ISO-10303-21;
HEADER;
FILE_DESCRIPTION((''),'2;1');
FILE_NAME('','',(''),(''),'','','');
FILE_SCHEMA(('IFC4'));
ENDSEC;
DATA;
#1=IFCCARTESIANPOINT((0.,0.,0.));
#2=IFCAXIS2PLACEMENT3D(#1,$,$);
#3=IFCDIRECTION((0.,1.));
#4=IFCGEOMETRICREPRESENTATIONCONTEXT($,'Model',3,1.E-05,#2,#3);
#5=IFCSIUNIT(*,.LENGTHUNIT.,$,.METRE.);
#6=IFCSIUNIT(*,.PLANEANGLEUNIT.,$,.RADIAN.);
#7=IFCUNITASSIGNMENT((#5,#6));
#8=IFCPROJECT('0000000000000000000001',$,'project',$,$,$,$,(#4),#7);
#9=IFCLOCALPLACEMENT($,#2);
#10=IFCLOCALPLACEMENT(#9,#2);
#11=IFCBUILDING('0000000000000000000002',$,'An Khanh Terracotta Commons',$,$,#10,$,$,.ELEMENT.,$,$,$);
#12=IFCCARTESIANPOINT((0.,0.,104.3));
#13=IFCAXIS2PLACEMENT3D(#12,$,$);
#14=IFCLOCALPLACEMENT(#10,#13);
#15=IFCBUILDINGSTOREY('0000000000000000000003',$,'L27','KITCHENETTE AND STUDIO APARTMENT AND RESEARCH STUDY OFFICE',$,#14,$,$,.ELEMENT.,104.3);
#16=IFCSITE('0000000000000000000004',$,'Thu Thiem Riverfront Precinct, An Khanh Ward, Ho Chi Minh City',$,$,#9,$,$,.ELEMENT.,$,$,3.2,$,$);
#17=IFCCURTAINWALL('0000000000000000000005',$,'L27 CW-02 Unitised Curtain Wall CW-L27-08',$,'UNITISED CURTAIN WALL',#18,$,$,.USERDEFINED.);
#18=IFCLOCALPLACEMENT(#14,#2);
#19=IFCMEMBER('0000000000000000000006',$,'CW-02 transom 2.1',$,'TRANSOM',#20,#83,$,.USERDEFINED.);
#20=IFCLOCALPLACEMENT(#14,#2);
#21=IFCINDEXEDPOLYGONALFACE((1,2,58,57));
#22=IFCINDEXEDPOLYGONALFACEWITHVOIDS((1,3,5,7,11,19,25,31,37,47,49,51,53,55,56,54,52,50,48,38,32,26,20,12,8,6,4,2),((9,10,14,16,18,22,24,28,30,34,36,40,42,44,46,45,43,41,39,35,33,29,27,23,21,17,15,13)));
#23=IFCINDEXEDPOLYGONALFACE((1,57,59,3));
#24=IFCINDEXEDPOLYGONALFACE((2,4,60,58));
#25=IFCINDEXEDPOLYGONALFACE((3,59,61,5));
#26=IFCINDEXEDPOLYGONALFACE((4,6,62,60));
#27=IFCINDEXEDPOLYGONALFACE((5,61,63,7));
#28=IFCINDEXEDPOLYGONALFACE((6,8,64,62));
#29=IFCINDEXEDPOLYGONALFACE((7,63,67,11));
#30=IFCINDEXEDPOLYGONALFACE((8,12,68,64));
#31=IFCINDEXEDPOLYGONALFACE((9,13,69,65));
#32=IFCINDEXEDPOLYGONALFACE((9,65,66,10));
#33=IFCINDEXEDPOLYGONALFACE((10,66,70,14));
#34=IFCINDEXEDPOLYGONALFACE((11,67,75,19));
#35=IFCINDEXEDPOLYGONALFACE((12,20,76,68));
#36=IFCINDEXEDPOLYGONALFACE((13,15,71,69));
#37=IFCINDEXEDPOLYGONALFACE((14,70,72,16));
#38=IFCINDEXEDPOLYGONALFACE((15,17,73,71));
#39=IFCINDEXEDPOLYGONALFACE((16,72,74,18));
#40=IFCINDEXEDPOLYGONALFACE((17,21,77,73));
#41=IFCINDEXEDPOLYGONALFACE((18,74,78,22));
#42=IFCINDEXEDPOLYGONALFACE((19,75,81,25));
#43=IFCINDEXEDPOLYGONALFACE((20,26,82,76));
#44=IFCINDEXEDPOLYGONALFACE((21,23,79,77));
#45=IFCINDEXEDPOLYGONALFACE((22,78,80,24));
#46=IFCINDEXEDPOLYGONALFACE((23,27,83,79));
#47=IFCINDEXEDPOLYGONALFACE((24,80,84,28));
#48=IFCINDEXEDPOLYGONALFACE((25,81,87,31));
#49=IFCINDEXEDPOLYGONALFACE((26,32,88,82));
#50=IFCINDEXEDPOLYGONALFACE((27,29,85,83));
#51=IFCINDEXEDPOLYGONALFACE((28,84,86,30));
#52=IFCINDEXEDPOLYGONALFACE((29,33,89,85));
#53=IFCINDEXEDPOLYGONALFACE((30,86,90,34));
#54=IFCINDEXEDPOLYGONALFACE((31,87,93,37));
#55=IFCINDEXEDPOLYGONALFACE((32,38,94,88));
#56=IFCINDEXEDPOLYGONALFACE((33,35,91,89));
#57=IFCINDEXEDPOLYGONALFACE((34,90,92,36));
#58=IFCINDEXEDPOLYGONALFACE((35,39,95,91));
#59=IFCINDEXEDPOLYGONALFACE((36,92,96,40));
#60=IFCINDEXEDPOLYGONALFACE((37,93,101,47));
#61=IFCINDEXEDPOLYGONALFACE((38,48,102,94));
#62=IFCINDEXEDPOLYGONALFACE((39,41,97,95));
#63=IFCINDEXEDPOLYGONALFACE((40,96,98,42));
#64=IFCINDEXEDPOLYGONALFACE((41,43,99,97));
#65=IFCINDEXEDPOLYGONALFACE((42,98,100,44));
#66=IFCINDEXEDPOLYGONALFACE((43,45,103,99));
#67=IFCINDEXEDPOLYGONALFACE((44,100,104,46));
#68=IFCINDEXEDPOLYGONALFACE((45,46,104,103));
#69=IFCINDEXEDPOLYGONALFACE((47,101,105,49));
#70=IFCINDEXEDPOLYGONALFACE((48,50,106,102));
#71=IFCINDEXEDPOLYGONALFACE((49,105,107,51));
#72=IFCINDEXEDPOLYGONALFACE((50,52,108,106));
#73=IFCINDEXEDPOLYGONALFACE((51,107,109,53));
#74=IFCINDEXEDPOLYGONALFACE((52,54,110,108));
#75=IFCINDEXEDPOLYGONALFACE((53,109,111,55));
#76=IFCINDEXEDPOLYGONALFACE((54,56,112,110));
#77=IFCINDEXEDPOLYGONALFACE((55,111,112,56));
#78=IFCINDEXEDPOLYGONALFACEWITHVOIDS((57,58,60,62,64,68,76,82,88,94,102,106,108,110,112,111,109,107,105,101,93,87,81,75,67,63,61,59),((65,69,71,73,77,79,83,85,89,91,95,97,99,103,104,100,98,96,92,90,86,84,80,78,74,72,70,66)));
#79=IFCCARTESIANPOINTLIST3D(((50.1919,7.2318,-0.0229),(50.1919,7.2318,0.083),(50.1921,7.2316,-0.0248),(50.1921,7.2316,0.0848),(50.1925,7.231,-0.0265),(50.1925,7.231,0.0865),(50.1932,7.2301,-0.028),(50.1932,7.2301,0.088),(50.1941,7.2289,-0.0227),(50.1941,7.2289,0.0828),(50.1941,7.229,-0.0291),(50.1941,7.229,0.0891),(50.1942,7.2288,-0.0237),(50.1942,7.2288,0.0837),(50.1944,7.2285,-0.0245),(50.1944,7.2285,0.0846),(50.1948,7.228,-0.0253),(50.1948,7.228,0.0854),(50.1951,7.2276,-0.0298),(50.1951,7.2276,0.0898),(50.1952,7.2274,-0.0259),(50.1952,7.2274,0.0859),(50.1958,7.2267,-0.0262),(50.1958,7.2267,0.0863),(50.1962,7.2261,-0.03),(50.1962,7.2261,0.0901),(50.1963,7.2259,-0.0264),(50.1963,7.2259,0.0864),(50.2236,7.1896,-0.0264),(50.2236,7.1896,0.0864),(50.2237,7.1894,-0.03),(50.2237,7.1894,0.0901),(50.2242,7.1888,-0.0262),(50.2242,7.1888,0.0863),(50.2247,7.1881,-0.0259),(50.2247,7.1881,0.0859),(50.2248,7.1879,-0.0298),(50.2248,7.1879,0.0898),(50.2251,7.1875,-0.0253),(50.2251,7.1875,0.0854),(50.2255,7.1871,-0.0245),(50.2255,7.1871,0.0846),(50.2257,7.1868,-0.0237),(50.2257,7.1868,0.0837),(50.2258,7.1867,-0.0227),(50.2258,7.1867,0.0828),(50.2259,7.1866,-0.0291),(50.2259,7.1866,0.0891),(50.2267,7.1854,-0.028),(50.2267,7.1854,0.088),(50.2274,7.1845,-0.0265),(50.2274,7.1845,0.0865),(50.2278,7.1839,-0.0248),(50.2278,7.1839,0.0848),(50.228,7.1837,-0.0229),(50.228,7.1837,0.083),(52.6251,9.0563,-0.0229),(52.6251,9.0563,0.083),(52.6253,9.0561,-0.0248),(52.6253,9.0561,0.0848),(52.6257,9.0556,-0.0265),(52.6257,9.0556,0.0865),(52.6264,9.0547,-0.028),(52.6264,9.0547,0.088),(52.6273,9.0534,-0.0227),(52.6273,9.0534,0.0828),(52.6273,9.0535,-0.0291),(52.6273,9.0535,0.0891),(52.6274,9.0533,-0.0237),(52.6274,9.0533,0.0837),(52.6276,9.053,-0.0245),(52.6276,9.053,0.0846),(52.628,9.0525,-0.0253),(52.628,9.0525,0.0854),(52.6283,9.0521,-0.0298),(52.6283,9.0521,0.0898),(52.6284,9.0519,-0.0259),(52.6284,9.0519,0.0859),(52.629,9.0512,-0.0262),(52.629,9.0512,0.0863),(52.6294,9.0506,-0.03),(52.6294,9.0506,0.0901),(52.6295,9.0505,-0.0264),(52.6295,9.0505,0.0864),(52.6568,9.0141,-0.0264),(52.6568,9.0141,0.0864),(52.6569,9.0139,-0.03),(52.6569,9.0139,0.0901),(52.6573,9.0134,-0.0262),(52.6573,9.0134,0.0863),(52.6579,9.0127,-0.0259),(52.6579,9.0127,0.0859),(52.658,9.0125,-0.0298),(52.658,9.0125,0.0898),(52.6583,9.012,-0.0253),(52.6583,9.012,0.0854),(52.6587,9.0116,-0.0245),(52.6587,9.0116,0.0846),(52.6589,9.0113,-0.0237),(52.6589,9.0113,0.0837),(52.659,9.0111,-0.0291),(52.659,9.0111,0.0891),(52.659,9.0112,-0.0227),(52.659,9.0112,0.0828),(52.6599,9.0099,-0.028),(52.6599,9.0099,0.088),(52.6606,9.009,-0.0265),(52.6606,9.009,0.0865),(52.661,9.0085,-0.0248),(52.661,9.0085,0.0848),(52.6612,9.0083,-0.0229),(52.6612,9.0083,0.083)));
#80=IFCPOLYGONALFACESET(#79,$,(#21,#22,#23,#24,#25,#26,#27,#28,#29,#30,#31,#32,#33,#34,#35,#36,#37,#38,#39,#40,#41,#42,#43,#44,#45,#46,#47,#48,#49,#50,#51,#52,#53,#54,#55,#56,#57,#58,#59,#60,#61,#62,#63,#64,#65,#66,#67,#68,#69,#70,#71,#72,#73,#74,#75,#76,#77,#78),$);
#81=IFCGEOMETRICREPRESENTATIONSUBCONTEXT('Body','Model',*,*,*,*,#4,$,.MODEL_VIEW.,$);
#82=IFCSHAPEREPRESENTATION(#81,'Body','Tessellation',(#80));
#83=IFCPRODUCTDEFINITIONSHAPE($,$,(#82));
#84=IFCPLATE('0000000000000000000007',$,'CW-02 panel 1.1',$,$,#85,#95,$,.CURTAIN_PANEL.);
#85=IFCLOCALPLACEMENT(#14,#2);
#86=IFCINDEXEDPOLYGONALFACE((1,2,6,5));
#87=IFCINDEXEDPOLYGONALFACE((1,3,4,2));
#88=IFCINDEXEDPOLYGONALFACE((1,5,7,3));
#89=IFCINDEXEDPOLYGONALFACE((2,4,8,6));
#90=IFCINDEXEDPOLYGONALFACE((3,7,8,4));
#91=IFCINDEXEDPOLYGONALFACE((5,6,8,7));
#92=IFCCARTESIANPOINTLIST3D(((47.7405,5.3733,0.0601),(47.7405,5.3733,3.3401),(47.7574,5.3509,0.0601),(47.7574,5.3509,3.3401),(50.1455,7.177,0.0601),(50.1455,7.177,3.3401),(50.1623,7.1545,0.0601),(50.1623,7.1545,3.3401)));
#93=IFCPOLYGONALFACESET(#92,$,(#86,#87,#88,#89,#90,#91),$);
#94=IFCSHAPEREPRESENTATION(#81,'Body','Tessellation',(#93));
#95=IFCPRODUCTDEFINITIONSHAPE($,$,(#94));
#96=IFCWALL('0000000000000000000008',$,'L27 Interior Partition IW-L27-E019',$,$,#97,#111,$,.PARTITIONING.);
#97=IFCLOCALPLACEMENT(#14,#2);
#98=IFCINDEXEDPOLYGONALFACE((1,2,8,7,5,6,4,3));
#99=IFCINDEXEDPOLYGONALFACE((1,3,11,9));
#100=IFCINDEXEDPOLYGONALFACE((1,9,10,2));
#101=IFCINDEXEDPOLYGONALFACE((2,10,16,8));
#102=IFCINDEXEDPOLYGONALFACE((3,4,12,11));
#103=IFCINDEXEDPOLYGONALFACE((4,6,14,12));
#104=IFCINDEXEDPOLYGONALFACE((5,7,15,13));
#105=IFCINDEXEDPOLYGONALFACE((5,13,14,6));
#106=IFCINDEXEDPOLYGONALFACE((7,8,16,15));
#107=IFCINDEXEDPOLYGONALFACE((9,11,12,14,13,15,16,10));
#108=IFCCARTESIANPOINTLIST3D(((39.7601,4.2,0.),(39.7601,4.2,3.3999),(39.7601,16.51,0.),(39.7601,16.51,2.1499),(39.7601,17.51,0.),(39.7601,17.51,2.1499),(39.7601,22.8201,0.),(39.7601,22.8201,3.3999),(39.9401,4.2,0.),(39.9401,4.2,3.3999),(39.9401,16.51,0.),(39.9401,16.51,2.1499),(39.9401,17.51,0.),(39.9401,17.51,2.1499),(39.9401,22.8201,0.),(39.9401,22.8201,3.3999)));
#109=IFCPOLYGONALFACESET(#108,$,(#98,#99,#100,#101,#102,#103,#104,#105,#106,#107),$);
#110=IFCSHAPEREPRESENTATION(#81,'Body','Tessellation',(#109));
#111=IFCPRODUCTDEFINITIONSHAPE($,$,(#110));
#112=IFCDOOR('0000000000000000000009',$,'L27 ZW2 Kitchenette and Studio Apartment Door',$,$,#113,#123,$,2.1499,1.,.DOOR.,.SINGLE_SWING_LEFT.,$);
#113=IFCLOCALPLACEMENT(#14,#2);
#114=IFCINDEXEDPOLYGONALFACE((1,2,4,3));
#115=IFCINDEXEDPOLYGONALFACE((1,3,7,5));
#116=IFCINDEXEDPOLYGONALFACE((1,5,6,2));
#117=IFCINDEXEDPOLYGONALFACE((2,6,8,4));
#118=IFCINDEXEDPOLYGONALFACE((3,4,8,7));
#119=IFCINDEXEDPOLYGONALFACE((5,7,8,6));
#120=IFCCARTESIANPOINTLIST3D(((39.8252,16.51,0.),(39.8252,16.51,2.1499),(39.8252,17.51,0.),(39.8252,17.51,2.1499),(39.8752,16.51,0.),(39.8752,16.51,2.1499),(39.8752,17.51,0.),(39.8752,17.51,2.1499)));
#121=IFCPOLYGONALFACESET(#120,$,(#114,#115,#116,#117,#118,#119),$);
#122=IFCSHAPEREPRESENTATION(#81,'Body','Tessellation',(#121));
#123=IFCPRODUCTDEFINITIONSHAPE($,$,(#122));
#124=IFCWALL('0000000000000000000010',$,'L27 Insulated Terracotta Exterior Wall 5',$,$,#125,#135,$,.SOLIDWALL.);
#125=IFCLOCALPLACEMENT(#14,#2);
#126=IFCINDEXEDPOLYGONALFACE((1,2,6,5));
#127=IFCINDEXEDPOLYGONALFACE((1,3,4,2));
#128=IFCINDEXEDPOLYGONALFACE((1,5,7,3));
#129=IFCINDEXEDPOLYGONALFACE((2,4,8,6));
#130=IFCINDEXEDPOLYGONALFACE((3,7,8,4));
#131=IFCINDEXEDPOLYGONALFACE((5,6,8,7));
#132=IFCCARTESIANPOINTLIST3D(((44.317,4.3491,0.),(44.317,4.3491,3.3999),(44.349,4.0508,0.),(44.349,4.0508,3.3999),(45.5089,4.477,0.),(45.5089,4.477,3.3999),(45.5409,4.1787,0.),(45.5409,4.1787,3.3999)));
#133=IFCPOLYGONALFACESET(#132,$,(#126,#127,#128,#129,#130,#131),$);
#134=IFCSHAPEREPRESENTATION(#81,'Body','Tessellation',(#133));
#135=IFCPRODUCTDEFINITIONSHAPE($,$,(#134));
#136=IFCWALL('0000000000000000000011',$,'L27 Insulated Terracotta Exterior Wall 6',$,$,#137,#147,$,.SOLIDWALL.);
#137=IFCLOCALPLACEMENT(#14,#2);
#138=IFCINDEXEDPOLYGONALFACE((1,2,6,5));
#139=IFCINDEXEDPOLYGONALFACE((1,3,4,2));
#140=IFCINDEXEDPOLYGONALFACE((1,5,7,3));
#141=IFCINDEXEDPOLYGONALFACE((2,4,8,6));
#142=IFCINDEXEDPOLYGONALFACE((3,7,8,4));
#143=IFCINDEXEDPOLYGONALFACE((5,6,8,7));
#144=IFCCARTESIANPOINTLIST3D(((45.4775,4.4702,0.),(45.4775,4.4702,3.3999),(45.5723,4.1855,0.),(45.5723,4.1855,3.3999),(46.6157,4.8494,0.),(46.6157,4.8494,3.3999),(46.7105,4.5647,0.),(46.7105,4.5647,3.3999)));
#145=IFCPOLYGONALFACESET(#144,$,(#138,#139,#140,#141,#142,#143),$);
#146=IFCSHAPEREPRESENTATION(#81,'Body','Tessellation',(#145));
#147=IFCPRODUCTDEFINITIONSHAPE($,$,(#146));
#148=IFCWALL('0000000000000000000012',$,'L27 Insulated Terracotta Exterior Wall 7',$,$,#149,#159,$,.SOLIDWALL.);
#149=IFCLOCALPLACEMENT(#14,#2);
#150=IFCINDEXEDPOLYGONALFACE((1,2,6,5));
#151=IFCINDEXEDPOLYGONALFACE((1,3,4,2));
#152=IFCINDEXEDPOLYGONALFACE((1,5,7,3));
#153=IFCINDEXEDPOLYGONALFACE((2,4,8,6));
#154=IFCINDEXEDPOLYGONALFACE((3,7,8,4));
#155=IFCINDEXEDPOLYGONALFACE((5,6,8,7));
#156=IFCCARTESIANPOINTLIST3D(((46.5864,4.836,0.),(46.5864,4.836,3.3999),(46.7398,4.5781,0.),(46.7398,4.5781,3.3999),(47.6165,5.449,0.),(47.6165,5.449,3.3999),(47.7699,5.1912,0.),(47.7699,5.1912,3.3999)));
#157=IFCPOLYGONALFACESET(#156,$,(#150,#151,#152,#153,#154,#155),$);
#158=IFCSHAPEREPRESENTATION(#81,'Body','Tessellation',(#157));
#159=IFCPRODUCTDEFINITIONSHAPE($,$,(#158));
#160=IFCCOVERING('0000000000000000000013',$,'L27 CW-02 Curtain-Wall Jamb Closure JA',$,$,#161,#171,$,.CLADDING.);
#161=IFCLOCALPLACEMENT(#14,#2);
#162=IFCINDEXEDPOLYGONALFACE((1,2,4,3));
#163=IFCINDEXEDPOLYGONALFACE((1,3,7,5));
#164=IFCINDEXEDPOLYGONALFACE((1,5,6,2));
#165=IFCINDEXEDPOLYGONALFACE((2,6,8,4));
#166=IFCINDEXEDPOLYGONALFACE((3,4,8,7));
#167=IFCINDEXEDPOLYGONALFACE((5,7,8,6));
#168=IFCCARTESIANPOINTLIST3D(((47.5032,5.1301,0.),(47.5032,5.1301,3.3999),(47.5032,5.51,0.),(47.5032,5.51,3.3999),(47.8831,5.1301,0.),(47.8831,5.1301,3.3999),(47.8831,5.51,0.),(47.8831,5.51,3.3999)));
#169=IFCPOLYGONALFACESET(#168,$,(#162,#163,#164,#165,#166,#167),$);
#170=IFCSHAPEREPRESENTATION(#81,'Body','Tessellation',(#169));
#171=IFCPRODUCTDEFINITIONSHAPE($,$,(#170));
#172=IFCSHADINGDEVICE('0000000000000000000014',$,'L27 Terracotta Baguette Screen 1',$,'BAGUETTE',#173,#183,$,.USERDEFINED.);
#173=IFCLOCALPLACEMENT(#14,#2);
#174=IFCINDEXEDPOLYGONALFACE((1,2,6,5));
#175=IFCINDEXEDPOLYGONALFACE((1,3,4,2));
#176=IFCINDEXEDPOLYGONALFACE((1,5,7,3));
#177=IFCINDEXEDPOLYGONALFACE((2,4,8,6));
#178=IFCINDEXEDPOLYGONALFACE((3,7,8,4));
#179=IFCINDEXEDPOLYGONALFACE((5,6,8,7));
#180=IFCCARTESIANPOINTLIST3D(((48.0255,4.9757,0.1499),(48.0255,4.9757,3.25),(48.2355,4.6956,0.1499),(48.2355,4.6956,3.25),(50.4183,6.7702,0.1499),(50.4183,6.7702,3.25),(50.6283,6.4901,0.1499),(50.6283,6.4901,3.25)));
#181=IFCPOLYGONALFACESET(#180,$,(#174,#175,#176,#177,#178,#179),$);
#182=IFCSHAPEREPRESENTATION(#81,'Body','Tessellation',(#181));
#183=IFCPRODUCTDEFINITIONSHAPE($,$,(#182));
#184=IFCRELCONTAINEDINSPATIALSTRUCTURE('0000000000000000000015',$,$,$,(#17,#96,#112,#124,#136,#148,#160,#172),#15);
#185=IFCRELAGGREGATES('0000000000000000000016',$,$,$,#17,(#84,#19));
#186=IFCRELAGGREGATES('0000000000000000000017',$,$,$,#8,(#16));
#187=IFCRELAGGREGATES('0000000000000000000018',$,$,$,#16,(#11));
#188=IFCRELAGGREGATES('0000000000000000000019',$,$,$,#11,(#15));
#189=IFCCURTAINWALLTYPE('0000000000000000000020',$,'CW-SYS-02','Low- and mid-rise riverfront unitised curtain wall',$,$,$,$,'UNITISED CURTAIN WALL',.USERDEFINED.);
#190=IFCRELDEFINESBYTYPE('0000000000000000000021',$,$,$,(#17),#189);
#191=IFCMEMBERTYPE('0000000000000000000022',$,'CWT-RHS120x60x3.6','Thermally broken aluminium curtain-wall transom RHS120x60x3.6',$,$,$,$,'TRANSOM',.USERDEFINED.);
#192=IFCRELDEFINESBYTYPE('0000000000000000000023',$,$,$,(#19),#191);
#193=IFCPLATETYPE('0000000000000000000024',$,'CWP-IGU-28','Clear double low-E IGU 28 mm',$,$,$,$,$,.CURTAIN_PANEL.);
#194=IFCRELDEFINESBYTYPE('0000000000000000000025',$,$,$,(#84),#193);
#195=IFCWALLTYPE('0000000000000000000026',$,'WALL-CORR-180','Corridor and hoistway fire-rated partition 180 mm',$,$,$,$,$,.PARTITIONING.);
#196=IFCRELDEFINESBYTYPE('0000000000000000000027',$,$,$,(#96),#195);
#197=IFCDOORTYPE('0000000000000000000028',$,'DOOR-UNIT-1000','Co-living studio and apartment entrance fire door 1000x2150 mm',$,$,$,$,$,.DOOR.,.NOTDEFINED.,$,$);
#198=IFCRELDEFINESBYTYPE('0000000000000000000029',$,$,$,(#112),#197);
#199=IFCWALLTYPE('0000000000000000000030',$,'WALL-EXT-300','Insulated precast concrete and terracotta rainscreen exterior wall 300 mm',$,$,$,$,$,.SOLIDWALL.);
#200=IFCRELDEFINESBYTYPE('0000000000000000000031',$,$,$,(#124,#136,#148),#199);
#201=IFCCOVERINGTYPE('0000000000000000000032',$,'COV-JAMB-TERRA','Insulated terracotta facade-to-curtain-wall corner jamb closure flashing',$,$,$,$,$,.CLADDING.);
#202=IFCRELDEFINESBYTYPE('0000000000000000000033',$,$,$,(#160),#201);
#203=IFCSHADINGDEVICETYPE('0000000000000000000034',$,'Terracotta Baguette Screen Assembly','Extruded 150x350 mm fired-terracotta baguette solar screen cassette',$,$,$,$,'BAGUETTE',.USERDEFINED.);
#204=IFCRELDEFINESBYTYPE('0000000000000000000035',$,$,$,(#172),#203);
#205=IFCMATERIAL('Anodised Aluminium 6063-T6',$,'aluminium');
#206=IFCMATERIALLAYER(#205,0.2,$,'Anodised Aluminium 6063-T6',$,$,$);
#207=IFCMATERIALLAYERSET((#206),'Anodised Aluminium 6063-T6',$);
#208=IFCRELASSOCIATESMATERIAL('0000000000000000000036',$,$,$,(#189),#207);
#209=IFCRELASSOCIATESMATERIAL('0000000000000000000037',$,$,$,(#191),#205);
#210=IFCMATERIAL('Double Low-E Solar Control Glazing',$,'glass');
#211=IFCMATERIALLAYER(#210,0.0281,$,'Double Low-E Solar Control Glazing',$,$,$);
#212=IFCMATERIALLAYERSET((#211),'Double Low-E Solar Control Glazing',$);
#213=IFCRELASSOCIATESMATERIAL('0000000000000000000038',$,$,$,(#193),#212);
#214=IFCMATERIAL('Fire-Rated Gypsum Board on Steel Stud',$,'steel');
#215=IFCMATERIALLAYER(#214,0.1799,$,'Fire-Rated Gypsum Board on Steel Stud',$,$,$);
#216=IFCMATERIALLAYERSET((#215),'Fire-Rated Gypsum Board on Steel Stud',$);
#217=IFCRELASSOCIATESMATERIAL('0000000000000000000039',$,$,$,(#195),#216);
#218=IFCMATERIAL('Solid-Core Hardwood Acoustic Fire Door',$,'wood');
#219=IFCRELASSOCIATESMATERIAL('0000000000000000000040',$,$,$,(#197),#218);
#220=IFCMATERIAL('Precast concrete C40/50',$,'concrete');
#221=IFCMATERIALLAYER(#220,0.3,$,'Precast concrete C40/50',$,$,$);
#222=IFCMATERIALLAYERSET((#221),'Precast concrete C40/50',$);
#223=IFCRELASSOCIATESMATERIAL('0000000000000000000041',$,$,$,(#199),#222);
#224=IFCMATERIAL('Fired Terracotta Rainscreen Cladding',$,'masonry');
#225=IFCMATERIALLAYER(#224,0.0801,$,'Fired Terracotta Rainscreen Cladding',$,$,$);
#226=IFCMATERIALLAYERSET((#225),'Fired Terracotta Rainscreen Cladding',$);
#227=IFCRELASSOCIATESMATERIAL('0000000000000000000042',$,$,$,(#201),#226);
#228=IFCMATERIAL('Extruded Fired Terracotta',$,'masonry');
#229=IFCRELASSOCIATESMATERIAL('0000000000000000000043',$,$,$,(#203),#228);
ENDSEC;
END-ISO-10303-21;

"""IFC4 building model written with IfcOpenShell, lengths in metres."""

from ifc_helpers import new_model, si_unit, direction, frame, frame_2d, origin, origin_2d, place, context, subcontext, project, spatial, rectangle, hollow_rectangle, extrude, material, layer, layer_set, material_profile, profile_set, type_object, element, fill, aggregate, save


model = new_model("IFC4")

# Units and contexts
model_context = context("Model", 3, precision=1e-05, world=origin(), true_north=direction((0.0, 1.0)))
body_context = subcontext(model_context, "Body", "Model", "MODEL_VIEW")
ifc_project = project(units=[si_unit("LENGTHUNIT", "METRE"), si_unit("PLANEANGLEUNIT", "RADIAN")], contexts=[model_context])

# Site, building, storey
site_placement = place(None, origin())
site = spatial("IfcSite", under=ifc_project, at=site_placement, Name="Thu Thiem Riverfront Precinct, An Khanh Ward, Ho Chi Minh City", CompositionType="ELEMENT", RefElevation=3.2)
building_placement = place(site_placement, origin())
building = spatial("IfcBuilding", under=site, at=building_placement, Name="An Khanh Terracotta Commons", CompositionType="ELEMENT")
storey_placement = place(building_placement, frame((0.0, 0.0, 104.3)))
storey = spatial("IfcBuildingStorey", under=building, at=storey_placement, Name="L27", Description="KITCHENETTE AND STUDIO APARTMENT AND RESEARCH STUDY OFFICE", CompositionType="ELEMENT", Elevation=104.3)

# Curtain wall, member, plate
ifc_material_1 = material(Name="Anodised Aluminium 6063-T6", Category="aluminium")
ifc_layer_1 = layer(ifc_material_1, 0.2, Name="Anodised Aluminium 6063-T6")
ifc_layer_set_1 = layer_set([ifc_layer_1], Name="Anodised Aluminium 6063-T6")
curtain_wall_type = type_object("IfcCurtainWallType", Name="CW-SYS-02", Description="Low- and mid-rise riverfront unitised curtain wall", ElementType="UNITISED CURTAIN WALL", PredefinedType="USERDEFINED", material=ifc_layer_set_1)
curtain_wall_placement = place(storey_placement, origin())
curtain_wall = element("IfcCurtainWall", 1, at=curtain_wall_placement, inside=storey, type_object=curtain_wall_type, Name="L27 CW-02 Unitised Curtain Wall CW-L27-08", ObjectType="UNITISED CURTAIN WALL", PredefinedType="USERDEFINED")
ifc_material_profile_1 = material_profile(ifc_material_1, hollow_rectangle(XDim=0.0601, YDim=0.1201, WallThickness=0.0037, InnerFilletRadius=0.0037, OuterFilletRadius=0.0071, at=origin_2d()), Name="RHS120x60x3.6")
ifc_profile_set_1 = profile_set([ifc_material_profile_1], Name="Anodised Aluminium 6063-T6")
member_type_1 = type_object("IfcMemberType", Name="CWT-RHS120x60x3.6", Description="Thermally broken aluminium curtain-wall transom RHS120x60x3.6", ElementType="TRANSOM", PredefinedType="USERDEFINED", material=ifc_profile_set_1)
member_1_placement = place(storey_placement, frame((50.21, 7.2078, 0.03), z_axis=(0.800058, 0.599923, 0.0), x_axis=(-0.599923, 0.800058, 0.0)))
member_1 = element("IfcMember", 2, at=member_1_placement, type_object=member_type_1, Name="CW-02 transom 2.1", ObjectType="TRANSOM", PredefinedType="USERDEFINED", context=body_context, shape_type="SweptSolid", body=[
    extrude(hollow_rectangle(XDim=0.0601, YDim=0.1201, WallThickness=0.0037, InnerFilletRadius=0.0037, OuterFilletRadius=0.0071, at=origin_2d()), origin(), (0.0, 0.0, 1.0), 3.0413),
])
ifc_material_2 = material(Name="Double Low-E Solar Control Glazing", Category="glass")
ifc_layer_2 = layer(ifc_material_2, 0.0281, Name="Double Low-E Solar Control Glazing")
ifc_layer_set_2 = layer_set([ifc_layer_2], Name="Double Low-E Solar Control Glazing")
plate_type = type_object("IfcPlateType", Name="CWP-IGU-28", Description="Clear double low-E IGU 28 mm", PredefinedType="CURTAIN_PANEL", material=ifc_layer_set_2)
plate_placement = place(storey_placement, frame((48.9514, 6.2639, 0.0601), z_axis=(0.0, 0.0, 1.0), x_axis=(0.800013, 0.599983, 0.0)))
plate = element("IfcPlate", 3, at=plate_placement, type_object=plate_type, Name="CW-02 panel 1.1", PredefinedType="CURTAIN_PANEL", context=body_context, shape_type="SweptSolid", body=[
    extrude(rectangle(XDim=3.0061, YDim=0.0281, at=origin_2d()), origin(), (0.0, 0.0, 1.0), 3.28),
])
aggregate(curtain_wall, [plate, member_1])

# Wall, opening, door
ifc_material_3 = material(Name="Fire-Rated Gypsum Board on Steel Stud", Category="steel")
ifc_layer_3 = layer(ifc_material_3, 0.1799, Name="Fire-Rated Gypsum Board on Steel Stud")
ifc_layer_set_3 = layer_set([ifc_layer_3], Name="Fire-Rated Gypsum Board on Steel Stud")
wall_type_1 = type_object("IfcWallType", Name="WALL-CORR-180", Description="Corridor and hoistway fire-rated partition 180 mm", PredefinedType="PARTITIONING", material=ifc_layer_set_3)
wall_1_placement = place(storey_placement, frame((39.8501, 4.2, 0.0), z_axis=(0.0, 0.0, 1.0), x_axis=(0.0, 1.0, 0.0)))
wall_1 = element("IfcWall", 4, at=wall_1_placement, inside=storey, type_object=wall_type_1, Name="L27 Interior Partition IW-L27-E019", PredefinedType="PARTITIONING", context=body_context, shape_type="SweptSolid", body=[
    extrude(rectangle(XDim=18.6201, YDim=0.1799, at=frame_2d((9.3101, 0.0))), origin(), (0.0, 0.0, 1.0), 3.3999),
])
opening_placement = place(wall_1_placement, frame((12.3101, 0.0, 0.0)))
opening = element("IfcOpeningElement", 5, at=opening_placement, cuts=wall_1, PredefinedType="OPENING", context=body_context, shape_type="SweptSolid", body=[
    extrude(rectangle(XDim=1.0, YDim=2.1499, at=frame_2d((0.5, 1.075))), frame((0.0, 0.0999, 0.0), z_axis=(0.0, -1.0, 0.0), x_axis=(1.0, 0.0, 0.0)), (0.0, 0.0, 1.0), 0.2),
])
ifc_material_4 = material(Name="Solid-Core Hardwood Acoustic Fire Door", Category="wood")
door_type = type_object("IfcDoorType", Name="DOOR-UNIT-1000", Description="Co-living studio and apartment entrance fire door 1000x2150 mm", OperationType="NOTDEFINED", PredefinedType="DOOR", material=ifc_material_4)
door_placement = place(opening_placement, origin())
door = element("IfcDoor", 6, at=door_placement, inside=storey, type_object=door_type, Name="L27 ZW2 Kitchenette and Studio Apartment Door", OperationType="SINGLE_SWING_LEFT", OverallHeight=2.1499, OverallWidth=1.0, PredefinedType="DOOR", context=body_context, shape_type="SweptSolid", body=[
    extrude(rectangle(XDim=1.0, YDim=2.1499, at=frame_2d((0.5, 1.075))), frame((0.0, 0.0249, 0.0), z_axis=(0.0, -1.0, 0.0), x_axis=(1.0, 0.0, 0.0)), (0.0, 0.0, 1.0), 0.05),
])
fill(opening, door)

# Walls
ifc_material_5 = material(Name="Precast concrete C40/50", Category="concrete")
ifc_layer_4 = layer(ifc_material_5, 0.3, Name="Precast concrete C40/50")
ifc_layer_set_4 = layer_set([ifc_layer_4], Name="Precast concrete C40/50")
wall_type_2 = type_object("IfcWallType", Name="WALL-EXT-300", Description="Insulated precast concrete and terracotta rainscreen exterior wall 300 mm", PredefinedType="SOLIDWALL", material=ifc_layer_set_4)
wall_2_placement = place(storey_placement, frame((44.333, 4.2, 0.0), z_axis=(0.0, 0.0, 1.0), x_axis=(0.994289, 0.10672, 0.0)))
element("IfcWall", 7, at=wall_2_placement, inside=storey, type_object=wall_type_2, Name="L27 Insulated Terracotta Exterior Wall 5", PredefinedType="SOLIDWALL", context=body_context, shape_type="SweptSolid", body=[
    extrude(rectangle(XDim=1.1987, YDim=0.3, at=frame_2d((0.5994, 0.0))), origin(), (0.0, 0.0, 1.0), 3.3999),
])
wall_3_placement = place(storey_placement, frame((45.5249, 4.3279, 0.0), z_axis=(0.0, 0.0, 1.0), x_axis=(0.948744, 0.316045, 0.0)))
element("IfcWall", 8, at=wall_3_placement, inside=storey, type_object=wall_type_2, Name="L27 Insulated Terracotta Exterior Wall 6", PredefinedType="SOLIDWALL", context=body_context, shape_type="SweptSolid", body=[
    extrude(rectangle(XDim=1.1997, YDim=0.3, at=frame_2d((0.5999, 0.0))), origin(), (0.0, 0.0, 1.0), 3.3999),
])
wall_4_placement = place(storey_placement, frame((46.6631, 4.707, 0.0), z_axis=(0.0, 0.0, 1.0), x_axis=(0.859321, 0.511437, 0.0)))
element("IfcWall", 9, at=wall_4_placement, inside=storey, type_object=wall_type_2, Name="L27 Insulated Terracotta Exterior Wall 7", PredefinedType="SOLIDWALL", context=body_context, shape_type="SweptSolid", body=[
    extrude(rectangle(XDim=1.1987, YDim=0.3, at=frame_2d((0.5994, 0.0))), origin(), (0.0, 0.0, 1.0), 3.3999),
])

# Covering
ifc_material_6 = material(Name="Fired Terracotta Rainscreen Cladding", Category="masonry")
ifc_layer_5 = layer(ifc_material_6, 0.0801, Name="Fired Terracotta Rainscreen Cladding")
ifc_layer_set_5 = layer_set([ifc_layer_5], Name="Fired Terracotta Rainscreen Cladding")
covering_type = type_object("IfcCoveringType", Name="COV-JAMB-TERRA", Description="Insulated terracotta facade-to-curtain-wall corner jamb closure flashing", PredefinedType="CLADDING", material=ifc_layer_set_5)
covering_placement = place(storey_placement, frame((47.6931, 5.3201, 0.0), z_axis=(0.0, 0.0, 1.0), x_axis=(1.0, 0.0, 0.0)))
element("IfcCovering", 10, at=covering_placement, inside=storey, type_object=covering_type, Name="L27 CW-02 Curtain-Wall Jamb Closure JA", PredefinedType="CLADDING", context=body_context, shape_type="SweptSolid", body=[
    extrude(rectangle(XDim=0.3799, YDim=0.3799, at=origin_2d()), origin(), (0.0, 0.0, 1.0), 3.3999),
])

# Shading device
ifc_material_7 = material(Name="Extruded Fired Terracotta", Category="masonry")
shading_device_type = type_object("IfcShadingDeviceType", Name="Terracotta Baguette Screen Assembly", Description="Extruded 150x350 mm fired-terracotta baguette solar screen cassette", ElementType="BAGUETTE", PredefinedType="USERDEFINED", material=ifc_material_7)
shading_device_placement = place(storey_placement, frame((49.3269, 5.7329, 0.1499), z_axis=(0.0, 0.0, 1.0), x_axis=(0.800013, 0.599983, 0.0)))
element("IfcShadingDevice", 11, at=shading_device_placement, inside=storey, type_object=shading_device_type, Name="L27 Terracotta Baguette Screen 1", ObjectType="BAGUETTE", PredefinedType="USERDEFINED", context=body_context, shape_type="SweptSolid", body=[
    extrude(rectangle(XDim=2.991, YDim=0.3501, at=origin_2d()), origin(), (0.0, 0.0, 1.0), 3.1001),
])

save(model, "model.ifc")
